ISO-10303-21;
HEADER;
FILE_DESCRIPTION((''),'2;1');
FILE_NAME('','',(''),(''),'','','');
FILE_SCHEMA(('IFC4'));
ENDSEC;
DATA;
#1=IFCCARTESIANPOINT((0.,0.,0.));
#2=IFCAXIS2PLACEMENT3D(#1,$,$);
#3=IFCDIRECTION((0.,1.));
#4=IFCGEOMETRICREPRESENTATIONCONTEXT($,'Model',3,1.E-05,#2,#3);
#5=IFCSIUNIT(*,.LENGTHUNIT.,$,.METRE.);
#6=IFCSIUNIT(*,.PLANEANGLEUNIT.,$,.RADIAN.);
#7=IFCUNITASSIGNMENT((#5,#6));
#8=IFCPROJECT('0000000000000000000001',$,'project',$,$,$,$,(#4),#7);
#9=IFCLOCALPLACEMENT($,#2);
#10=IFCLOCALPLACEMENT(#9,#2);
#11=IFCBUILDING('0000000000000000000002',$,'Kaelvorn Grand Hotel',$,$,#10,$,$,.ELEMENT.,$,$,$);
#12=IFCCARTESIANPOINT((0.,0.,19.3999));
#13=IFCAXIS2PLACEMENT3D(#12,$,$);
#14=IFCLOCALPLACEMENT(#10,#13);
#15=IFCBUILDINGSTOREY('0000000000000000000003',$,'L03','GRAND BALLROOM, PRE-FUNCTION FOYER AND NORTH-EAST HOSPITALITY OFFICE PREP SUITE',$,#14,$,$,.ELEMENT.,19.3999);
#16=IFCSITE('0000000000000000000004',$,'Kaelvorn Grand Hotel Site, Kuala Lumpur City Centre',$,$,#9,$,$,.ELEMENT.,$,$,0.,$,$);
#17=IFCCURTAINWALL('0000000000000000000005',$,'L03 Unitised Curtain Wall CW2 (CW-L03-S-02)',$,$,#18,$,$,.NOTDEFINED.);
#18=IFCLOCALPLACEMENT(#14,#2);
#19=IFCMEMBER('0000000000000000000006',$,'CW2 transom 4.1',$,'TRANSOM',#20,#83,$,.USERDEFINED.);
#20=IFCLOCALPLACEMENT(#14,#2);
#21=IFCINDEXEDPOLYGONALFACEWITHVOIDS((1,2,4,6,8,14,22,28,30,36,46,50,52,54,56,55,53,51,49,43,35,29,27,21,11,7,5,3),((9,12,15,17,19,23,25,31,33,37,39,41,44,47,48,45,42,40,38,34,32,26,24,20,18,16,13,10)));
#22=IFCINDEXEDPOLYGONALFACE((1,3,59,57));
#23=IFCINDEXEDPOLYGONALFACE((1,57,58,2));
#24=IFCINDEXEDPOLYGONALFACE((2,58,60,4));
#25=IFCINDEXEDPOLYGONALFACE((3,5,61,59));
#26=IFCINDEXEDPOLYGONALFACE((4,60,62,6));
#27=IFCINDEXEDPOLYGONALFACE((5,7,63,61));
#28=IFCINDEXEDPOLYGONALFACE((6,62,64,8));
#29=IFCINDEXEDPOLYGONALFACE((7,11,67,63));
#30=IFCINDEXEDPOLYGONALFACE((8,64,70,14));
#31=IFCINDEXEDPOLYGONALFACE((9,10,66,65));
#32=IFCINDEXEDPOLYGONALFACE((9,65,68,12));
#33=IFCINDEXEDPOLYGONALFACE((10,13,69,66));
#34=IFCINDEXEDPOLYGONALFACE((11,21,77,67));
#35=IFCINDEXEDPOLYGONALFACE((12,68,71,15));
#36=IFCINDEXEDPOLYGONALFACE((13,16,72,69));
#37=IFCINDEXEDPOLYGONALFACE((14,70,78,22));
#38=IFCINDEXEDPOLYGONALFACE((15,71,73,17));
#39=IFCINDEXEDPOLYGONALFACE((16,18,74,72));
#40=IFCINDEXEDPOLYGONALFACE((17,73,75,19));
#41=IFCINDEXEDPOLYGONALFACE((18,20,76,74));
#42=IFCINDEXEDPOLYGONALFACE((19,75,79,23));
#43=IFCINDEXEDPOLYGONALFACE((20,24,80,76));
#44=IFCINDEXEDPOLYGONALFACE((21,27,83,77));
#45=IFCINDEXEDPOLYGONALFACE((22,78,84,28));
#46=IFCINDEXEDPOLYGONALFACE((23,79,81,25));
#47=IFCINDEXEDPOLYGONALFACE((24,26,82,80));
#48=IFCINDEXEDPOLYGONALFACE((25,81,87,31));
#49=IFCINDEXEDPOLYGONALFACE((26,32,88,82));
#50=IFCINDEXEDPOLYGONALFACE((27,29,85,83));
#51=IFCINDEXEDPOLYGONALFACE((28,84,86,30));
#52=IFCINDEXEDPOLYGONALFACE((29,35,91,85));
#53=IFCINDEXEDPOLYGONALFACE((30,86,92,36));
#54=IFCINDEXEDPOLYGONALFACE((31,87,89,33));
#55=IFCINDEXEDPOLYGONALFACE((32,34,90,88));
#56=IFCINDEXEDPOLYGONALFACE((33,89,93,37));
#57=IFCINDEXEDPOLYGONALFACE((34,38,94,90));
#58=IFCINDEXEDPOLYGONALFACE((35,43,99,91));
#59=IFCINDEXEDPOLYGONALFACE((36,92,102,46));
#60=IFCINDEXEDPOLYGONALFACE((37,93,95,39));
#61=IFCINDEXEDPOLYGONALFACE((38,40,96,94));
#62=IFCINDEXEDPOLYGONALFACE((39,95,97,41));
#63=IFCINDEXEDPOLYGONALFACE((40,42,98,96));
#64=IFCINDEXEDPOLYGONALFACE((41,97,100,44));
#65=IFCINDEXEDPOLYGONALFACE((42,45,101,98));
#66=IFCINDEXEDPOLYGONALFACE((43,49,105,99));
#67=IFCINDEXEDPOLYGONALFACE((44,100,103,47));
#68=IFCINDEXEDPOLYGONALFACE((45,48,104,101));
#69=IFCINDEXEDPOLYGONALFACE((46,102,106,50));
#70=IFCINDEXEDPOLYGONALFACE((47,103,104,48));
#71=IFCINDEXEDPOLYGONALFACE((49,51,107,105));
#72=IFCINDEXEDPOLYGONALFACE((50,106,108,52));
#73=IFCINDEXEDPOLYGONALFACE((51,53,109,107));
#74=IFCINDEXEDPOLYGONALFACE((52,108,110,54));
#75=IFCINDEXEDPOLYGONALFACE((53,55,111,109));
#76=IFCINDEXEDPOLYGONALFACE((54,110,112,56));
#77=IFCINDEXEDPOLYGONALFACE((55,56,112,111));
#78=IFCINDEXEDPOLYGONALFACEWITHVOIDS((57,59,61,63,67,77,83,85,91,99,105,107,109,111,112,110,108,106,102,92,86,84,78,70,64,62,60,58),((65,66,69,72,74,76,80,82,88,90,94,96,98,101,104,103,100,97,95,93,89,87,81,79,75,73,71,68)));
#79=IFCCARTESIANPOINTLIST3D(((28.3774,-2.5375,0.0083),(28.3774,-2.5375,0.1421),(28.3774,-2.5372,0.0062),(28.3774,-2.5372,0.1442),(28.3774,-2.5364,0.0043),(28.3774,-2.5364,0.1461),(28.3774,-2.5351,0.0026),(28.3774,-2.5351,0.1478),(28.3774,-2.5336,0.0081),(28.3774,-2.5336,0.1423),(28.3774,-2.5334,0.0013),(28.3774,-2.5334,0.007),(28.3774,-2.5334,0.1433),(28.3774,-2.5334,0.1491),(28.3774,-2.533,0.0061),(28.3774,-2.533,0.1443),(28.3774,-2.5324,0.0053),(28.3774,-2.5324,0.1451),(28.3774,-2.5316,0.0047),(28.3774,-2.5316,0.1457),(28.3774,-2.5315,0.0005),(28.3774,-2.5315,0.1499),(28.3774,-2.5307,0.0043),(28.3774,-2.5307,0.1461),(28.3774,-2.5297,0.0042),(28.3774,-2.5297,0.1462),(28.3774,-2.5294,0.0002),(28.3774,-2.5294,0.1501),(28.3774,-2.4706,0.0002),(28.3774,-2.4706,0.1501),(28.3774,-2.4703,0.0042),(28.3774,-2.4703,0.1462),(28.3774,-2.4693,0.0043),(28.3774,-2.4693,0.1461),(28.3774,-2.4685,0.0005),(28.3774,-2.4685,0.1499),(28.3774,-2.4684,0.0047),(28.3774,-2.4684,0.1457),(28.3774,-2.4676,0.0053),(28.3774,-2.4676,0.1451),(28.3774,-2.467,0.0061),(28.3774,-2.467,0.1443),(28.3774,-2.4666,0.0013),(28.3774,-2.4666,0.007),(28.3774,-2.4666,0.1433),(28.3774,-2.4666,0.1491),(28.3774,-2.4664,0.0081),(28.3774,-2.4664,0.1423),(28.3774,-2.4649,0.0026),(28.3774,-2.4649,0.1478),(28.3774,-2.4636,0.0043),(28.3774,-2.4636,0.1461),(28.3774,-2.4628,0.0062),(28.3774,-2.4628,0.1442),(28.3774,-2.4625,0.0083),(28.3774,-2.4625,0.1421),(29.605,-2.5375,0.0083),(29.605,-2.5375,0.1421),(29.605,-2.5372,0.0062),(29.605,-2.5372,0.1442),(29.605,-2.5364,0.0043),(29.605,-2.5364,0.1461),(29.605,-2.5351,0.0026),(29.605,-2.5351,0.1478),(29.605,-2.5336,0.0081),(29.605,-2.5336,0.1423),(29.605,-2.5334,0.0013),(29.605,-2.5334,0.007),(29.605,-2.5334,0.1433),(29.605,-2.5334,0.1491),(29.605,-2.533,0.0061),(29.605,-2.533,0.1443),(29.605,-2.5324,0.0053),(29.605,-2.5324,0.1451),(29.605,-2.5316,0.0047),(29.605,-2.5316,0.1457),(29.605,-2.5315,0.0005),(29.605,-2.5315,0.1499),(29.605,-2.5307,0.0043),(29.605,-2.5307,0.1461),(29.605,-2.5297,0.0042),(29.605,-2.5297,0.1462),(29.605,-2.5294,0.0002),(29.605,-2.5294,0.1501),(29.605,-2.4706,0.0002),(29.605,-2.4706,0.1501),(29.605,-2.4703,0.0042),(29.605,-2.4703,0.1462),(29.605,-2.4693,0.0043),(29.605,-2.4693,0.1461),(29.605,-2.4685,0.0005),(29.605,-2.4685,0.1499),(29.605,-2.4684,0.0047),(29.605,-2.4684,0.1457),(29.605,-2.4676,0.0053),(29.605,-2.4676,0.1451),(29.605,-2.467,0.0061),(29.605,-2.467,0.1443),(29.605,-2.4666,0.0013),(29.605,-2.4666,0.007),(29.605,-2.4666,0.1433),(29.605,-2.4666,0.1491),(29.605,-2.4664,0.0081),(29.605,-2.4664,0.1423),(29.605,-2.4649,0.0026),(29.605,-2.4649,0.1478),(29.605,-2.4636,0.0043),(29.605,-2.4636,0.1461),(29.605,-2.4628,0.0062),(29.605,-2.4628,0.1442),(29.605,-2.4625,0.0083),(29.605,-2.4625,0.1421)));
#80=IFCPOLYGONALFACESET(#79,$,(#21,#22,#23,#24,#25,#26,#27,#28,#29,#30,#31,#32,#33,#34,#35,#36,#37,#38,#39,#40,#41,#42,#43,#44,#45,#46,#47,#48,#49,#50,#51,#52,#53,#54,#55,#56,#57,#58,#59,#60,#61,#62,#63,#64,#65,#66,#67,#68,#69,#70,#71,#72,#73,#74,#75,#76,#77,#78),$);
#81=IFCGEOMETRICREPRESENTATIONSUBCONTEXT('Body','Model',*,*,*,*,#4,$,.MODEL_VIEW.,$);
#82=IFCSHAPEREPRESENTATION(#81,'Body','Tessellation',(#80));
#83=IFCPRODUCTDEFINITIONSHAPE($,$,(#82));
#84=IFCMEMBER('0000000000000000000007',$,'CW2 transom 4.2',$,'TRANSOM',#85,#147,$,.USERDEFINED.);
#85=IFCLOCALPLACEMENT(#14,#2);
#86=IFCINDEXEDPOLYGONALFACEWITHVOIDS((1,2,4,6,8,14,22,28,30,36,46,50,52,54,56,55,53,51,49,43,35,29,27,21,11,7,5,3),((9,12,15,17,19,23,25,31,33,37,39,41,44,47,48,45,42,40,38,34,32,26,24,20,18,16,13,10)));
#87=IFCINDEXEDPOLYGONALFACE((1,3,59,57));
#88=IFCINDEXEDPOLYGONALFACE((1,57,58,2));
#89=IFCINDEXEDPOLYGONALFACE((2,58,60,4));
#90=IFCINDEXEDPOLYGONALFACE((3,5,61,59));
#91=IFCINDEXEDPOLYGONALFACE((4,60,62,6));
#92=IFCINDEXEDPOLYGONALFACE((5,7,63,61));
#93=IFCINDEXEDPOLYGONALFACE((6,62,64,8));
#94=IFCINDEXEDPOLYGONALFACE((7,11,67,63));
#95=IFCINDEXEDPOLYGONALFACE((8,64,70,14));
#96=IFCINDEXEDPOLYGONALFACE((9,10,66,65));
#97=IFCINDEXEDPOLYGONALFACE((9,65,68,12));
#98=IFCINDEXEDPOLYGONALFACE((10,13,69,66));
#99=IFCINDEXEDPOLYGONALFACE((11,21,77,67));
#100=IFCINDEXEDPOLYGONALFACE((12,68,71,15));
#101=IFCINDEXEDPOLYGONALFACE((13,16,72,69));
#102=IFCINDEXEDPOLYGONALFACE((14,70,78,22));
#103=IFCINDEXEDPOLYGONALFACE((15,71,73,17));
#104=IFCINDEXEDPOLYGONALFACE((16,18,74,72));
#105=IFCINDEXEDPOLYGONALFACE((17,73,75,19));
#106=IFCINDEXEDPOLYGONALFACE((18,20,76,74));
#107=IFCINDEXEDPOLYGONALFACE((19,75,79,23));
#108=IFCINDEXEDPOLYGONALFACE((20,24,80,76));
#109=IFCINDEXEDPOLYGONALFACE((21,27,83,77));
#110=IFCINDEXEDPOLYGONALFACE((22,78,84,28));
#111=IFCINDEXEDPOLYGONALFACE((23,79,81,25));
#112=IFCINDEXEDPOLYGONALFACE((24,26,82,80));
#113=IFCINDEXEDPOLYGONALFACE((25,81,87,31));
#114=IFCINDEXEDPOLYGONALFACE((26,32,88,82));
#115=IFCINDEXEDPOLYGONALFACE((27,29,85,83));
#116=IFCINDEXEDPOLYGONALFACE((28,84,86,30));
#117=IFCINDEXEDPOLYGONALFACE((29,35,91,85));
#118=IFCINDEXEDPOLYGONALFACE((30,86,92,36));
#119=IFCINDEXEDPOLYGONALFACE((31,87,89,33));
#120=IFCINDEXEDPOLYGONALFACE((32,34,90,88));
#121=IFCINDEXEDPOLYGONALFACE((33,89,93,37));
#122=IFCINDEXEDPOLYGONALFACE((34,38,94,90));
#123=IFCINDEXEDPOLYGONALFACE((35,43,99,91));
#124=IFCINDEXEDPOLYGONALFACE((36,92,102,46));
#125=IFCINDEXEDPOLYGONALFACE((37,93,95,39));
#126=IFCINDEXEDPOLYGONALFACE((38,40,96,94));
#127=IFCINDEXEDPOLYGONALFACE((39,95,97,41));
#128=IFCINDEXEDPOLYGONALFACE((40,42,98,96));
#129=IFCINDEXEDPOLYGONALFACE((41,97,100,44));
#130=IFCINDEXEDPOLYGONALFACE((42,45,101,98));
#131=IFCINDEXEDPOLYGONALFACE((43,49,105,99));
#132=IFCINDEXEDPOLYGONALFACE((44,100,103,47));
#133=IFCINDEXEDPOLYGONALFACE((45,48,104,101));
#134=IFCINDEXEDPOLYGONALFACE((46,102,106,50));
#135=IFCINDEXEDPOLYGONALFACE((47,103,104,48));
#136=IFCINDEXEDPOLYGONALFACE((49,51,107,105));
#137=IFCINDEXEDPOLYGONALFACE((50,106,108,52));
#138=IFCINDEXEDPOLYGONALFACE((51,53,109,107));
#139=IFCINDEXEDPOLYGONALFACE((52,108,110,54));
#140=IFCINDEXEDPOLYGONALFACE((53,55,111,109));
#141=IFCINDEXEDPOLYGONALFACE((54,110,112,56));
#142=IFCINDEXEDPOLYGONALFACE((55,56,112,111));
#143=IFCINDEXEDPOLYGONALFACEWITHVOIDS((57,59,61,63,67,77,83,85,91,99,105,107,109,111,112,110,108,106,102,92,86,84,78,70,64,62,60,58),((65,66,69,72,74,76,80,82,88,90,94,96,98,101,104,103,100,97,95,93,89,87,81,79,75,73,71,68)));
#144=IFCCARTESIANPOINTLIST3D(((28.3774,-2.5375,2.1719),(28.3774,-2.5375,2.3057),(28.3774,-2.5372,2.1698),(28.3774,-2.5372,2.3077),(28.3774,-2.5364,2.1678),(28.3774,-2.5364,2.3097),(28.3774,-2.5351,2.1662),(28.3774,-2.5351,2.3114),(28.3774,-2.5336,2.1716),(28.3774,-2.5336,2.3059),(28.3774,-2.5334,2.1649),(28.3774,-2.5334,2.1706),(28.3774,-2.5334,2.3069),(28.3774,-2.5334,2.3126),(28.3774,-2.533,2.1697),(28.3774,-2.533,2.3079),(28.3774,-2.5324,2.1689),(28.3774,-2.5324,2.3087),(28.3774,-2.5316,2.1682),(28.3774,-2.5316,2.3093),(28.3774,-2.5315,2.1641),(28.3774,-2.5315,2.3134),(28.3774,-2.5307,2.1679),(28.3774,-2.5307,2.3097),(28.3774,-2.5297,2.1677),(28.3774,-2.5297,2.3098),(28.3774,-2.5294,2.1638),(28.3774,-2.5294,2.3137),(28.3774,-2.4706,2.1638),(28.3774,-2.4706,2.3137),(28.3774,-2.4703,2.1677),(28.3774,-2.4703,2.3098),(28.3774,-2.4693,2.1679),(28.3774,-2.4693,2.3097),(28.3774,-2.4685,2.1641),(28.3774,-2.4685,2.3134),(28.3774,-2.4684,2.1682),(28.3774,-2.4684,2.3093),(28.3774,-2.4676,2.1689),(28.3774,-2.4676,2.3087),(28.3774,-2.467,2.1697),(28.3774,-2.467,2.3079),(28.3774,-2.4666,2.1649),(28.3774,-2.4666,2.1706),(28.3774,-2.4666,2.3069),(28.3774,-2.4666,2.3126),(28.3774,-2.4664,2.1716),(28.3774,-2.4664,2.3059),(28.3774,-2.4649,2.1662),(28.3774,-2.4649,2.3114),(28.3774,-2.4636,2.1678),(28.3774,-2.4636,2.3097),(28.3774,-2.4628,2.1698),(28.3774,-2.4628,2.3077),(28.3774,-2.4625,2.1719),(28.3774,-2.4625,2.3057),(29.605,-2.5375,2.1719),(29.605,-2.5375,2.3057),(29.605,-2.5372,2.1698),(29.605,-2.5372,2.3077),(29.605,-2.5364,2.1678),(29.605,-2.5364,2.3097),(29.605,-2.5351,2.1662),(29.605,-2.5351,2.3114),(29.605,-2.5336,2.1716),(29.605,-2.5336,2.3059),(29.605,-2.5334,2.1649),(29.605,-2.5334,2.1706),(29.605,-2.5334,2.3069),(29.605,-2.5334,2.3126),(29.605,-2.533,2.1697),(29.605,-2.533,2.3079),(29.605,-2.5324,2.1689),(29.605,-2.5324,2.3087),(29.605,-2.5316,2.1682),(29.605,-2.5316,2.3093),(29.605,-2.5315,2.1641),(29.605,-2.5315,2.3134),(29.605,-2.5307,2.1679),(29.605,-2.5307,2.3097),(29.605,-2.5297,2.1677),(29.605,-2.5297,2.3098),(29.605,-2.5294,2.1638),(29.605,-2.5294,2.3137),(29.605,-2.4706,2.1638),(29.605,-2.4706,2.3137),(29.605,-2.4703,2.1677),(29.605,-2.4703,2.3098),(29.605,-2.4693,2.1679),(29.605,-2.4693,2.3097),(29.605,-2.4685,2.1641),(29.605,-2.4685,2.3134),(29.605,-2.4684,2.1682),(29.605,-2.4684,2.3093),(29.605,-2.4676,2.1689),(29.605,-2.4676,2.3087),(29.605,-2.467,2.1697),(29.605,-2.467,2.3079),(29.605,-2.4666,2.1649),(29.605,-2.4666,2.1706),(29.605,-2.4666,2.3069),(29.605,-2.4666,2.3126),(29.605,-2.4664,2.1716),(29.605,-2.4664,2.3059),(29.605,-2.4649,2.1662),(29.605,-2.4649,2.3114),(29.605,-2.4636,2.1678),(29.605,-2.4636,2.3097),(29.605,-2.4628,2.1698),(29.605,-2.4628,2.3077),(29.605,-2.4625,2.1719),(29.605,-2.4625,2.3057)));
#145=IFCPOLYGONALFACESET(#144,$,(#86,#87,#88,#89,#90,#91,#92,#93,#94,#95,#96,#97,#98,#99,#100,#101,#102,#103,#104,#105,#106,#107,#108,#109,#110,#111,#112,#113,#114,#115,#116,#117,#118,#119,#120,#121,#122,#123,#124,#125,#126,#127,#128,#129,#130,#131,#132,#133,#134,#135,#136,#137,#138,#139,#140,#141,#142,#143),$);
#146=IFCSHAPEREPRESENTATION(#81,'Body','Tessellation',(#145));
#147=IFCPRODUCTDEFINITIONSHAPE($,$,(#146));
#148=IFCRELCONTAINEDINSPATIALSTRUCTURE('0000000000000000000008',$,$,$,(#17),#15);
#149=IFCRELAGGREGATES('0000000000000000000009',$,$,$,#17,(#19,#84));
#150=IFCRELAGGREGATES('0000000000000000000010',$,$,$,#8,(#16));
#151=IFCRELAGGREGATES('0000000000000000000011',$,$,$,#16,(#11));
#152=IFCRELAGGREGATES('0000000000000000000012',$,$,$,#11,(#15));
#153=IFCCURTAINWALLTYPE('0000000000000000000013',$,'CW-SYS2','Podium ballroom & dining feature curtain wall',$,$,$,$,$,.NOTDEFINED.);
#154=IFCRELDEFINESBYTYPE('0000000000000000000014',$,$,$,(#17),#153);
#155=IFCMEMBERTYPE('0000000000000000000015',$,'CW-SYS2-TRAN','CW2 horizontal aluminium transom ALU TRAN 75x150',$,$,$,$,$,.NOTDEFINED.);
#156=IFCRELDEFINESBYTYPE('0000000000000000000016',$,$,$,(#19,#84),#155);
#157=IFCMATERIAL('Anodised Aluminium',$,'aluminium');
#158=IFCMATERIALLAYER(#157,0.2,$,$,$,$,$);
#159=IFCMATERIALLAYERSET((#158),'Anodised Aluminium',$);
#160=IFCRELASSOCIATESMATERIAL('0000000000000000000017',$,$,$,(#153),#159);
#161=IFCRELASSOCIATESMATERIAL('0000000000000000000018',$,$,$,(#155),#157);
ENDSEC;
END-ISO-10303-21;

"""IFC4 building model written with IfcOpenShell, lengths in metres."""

from ifc_helpers import new_model, si_unit, direction, frame, origin, origin_2d, place, context, subcontext, project, spatial, hollow_rectangle, extrude, material, layer, layer_set, material_profile, profile_set, type_object, element, aggregate, save


model = new_model("IFC4")

# Units and contexts
model_context = context("Model", 3, precision=1e-05, world=origin(), true_north=direction((0.0, 1.0)))
body_context = subcontext(model_context, "Body", "Model", "MODEL_VIEW")
ifc_project = project(units=[si_unit("LENGTHUNIT", "METRE"), si_unit("PLANEANGLEUNIT", "RADIAN")], contexts=[model_context])

# Site, building, storey
site_placement = place(None, origin())
site = spatial("IfcSite", under=ifc_project, at=site_placement, Name="Kaelvorn Grand Hotel Site, Kuala Lumpur City Centre", CompositionType="ELEMENT", RefElevation=0.0)
building_placement = place(site_placement, origin())
building = spatial("IfcBuilding", under=site, at=building_placement, Name="Kaelvorn Grand Hotel", CompositionType="ELEMENT")
storey_placement = place(building_placement, frame((0.0, 0.0, 19.3999)))
storey = spatial("IfcBuildingStorey", under=building, at=storey_placement, Name="L03", Description="GRAND BALLROOM, PRE-FUNCTION FOYER AND NORTH-EAST HOSPITALITY OFFICE PREP SUITE", CompositionType="ELEMENT", Elevation=19.3999)

# Curtain wall
ifc_material_1 = material(Name="Anodised Aluminium", Category="aluminium")
ifc_layer_1 = layer(ifc_material_1, 0.2)
ifc_layer_set_1 = layer_set([ifc_layer_1], Name="Anodised Aluminium")
curtain_wall_type = type_object("IfcCurtainWallType", Name="CW-SYS2", Description="Podium ballroom & dining feature curtain wall", PredefinedType="NOTDEFINED", material=ifc_layer_set_1)
curtain_wall_1_placement = place(storey_placement, origin())
curtain_wall_1 = element("IfcCurtainWall", 1, at=curtain_wall_1_placement, inside=storey, type_object=curtain_wall_type, Name="L03 Unitised Curtain Wall CW2 (CW-L03-S-02)", PredefinedType="NOTDEFINED")

# Members
ifc_material_profile_1 = material_profile(ifc_material_1, hollow_rectangle(XDim=0.075, YDim=0.1499, WallThickness=0.0039, InnerFilletRadius=0.0039, OuterFilletRadius=0.0081, at=origin_2d()), Name="ALU TRAN 75x150")
ifc_profile_set_1 = profile_set([ifc_material_profile_1], Name="Anodised Aluminium")
member_type_1 = type_object("IfcMemberType", Name="CW-SYS2-TRAN", Description="CW2 horizontal aluminium transom ALU TRAN 75x150", PredefinedType="NOTDEFINED", material=ifc_profile_set_1)
member_1_placement = place(storey_placement, frame((28.3774, -2.5, 0.0752), z_axis=(1.0, 0.0, 0.0), x_axis=(0.0, 1.0, 0.0)))
member_1 = element("IfcMember", 2, at=member_1_placement, type_object=member_type_1, Name="CW2 transom 4.1", ObjectType="TRANSOM", PredefinedType="USERDEFINED", context=body_context, shape_type="SweptSolid", body=[
    extrude(hollow_rectangle(XDim=0.075, YDim=0.1499, WallThickness=0.0039, InnerFilletRadius=0.0039, OuterFilletRadius=0.0081, at=origin_2d()), origin(), (0.0, 0.0, 1.0), 1.2275),
])
member_2_placement = place(storey_placement, frame((28.3774, -2.5, 2.2388), z_axis=(1.0, 0.0, 0.0), x_axis=(0.0, 1.0, 0.0)))
member_2 = element("IfcMember", 3, at=member_2_placement, type_object=member_type_1, Name="CW2 transom 4.2", ObjectType="TRANSOM", PredefinedType="USERDEFINED", context=body_context, shape_type="SweptSolid", body=[
    extrude(hollow_rectangle(XDim=0.075, YDim=0.1499, WallThickness=0.0039, InnerFilletRadius=0.0039, OuterFilletRadius=0.0081, at=origin_2d()), origin(), (0.0, 0.0, 1.0), 1.2275),
])

aggregate(curtain_wall_1, [member_1, member_2])

save(model, "model.ifc")
